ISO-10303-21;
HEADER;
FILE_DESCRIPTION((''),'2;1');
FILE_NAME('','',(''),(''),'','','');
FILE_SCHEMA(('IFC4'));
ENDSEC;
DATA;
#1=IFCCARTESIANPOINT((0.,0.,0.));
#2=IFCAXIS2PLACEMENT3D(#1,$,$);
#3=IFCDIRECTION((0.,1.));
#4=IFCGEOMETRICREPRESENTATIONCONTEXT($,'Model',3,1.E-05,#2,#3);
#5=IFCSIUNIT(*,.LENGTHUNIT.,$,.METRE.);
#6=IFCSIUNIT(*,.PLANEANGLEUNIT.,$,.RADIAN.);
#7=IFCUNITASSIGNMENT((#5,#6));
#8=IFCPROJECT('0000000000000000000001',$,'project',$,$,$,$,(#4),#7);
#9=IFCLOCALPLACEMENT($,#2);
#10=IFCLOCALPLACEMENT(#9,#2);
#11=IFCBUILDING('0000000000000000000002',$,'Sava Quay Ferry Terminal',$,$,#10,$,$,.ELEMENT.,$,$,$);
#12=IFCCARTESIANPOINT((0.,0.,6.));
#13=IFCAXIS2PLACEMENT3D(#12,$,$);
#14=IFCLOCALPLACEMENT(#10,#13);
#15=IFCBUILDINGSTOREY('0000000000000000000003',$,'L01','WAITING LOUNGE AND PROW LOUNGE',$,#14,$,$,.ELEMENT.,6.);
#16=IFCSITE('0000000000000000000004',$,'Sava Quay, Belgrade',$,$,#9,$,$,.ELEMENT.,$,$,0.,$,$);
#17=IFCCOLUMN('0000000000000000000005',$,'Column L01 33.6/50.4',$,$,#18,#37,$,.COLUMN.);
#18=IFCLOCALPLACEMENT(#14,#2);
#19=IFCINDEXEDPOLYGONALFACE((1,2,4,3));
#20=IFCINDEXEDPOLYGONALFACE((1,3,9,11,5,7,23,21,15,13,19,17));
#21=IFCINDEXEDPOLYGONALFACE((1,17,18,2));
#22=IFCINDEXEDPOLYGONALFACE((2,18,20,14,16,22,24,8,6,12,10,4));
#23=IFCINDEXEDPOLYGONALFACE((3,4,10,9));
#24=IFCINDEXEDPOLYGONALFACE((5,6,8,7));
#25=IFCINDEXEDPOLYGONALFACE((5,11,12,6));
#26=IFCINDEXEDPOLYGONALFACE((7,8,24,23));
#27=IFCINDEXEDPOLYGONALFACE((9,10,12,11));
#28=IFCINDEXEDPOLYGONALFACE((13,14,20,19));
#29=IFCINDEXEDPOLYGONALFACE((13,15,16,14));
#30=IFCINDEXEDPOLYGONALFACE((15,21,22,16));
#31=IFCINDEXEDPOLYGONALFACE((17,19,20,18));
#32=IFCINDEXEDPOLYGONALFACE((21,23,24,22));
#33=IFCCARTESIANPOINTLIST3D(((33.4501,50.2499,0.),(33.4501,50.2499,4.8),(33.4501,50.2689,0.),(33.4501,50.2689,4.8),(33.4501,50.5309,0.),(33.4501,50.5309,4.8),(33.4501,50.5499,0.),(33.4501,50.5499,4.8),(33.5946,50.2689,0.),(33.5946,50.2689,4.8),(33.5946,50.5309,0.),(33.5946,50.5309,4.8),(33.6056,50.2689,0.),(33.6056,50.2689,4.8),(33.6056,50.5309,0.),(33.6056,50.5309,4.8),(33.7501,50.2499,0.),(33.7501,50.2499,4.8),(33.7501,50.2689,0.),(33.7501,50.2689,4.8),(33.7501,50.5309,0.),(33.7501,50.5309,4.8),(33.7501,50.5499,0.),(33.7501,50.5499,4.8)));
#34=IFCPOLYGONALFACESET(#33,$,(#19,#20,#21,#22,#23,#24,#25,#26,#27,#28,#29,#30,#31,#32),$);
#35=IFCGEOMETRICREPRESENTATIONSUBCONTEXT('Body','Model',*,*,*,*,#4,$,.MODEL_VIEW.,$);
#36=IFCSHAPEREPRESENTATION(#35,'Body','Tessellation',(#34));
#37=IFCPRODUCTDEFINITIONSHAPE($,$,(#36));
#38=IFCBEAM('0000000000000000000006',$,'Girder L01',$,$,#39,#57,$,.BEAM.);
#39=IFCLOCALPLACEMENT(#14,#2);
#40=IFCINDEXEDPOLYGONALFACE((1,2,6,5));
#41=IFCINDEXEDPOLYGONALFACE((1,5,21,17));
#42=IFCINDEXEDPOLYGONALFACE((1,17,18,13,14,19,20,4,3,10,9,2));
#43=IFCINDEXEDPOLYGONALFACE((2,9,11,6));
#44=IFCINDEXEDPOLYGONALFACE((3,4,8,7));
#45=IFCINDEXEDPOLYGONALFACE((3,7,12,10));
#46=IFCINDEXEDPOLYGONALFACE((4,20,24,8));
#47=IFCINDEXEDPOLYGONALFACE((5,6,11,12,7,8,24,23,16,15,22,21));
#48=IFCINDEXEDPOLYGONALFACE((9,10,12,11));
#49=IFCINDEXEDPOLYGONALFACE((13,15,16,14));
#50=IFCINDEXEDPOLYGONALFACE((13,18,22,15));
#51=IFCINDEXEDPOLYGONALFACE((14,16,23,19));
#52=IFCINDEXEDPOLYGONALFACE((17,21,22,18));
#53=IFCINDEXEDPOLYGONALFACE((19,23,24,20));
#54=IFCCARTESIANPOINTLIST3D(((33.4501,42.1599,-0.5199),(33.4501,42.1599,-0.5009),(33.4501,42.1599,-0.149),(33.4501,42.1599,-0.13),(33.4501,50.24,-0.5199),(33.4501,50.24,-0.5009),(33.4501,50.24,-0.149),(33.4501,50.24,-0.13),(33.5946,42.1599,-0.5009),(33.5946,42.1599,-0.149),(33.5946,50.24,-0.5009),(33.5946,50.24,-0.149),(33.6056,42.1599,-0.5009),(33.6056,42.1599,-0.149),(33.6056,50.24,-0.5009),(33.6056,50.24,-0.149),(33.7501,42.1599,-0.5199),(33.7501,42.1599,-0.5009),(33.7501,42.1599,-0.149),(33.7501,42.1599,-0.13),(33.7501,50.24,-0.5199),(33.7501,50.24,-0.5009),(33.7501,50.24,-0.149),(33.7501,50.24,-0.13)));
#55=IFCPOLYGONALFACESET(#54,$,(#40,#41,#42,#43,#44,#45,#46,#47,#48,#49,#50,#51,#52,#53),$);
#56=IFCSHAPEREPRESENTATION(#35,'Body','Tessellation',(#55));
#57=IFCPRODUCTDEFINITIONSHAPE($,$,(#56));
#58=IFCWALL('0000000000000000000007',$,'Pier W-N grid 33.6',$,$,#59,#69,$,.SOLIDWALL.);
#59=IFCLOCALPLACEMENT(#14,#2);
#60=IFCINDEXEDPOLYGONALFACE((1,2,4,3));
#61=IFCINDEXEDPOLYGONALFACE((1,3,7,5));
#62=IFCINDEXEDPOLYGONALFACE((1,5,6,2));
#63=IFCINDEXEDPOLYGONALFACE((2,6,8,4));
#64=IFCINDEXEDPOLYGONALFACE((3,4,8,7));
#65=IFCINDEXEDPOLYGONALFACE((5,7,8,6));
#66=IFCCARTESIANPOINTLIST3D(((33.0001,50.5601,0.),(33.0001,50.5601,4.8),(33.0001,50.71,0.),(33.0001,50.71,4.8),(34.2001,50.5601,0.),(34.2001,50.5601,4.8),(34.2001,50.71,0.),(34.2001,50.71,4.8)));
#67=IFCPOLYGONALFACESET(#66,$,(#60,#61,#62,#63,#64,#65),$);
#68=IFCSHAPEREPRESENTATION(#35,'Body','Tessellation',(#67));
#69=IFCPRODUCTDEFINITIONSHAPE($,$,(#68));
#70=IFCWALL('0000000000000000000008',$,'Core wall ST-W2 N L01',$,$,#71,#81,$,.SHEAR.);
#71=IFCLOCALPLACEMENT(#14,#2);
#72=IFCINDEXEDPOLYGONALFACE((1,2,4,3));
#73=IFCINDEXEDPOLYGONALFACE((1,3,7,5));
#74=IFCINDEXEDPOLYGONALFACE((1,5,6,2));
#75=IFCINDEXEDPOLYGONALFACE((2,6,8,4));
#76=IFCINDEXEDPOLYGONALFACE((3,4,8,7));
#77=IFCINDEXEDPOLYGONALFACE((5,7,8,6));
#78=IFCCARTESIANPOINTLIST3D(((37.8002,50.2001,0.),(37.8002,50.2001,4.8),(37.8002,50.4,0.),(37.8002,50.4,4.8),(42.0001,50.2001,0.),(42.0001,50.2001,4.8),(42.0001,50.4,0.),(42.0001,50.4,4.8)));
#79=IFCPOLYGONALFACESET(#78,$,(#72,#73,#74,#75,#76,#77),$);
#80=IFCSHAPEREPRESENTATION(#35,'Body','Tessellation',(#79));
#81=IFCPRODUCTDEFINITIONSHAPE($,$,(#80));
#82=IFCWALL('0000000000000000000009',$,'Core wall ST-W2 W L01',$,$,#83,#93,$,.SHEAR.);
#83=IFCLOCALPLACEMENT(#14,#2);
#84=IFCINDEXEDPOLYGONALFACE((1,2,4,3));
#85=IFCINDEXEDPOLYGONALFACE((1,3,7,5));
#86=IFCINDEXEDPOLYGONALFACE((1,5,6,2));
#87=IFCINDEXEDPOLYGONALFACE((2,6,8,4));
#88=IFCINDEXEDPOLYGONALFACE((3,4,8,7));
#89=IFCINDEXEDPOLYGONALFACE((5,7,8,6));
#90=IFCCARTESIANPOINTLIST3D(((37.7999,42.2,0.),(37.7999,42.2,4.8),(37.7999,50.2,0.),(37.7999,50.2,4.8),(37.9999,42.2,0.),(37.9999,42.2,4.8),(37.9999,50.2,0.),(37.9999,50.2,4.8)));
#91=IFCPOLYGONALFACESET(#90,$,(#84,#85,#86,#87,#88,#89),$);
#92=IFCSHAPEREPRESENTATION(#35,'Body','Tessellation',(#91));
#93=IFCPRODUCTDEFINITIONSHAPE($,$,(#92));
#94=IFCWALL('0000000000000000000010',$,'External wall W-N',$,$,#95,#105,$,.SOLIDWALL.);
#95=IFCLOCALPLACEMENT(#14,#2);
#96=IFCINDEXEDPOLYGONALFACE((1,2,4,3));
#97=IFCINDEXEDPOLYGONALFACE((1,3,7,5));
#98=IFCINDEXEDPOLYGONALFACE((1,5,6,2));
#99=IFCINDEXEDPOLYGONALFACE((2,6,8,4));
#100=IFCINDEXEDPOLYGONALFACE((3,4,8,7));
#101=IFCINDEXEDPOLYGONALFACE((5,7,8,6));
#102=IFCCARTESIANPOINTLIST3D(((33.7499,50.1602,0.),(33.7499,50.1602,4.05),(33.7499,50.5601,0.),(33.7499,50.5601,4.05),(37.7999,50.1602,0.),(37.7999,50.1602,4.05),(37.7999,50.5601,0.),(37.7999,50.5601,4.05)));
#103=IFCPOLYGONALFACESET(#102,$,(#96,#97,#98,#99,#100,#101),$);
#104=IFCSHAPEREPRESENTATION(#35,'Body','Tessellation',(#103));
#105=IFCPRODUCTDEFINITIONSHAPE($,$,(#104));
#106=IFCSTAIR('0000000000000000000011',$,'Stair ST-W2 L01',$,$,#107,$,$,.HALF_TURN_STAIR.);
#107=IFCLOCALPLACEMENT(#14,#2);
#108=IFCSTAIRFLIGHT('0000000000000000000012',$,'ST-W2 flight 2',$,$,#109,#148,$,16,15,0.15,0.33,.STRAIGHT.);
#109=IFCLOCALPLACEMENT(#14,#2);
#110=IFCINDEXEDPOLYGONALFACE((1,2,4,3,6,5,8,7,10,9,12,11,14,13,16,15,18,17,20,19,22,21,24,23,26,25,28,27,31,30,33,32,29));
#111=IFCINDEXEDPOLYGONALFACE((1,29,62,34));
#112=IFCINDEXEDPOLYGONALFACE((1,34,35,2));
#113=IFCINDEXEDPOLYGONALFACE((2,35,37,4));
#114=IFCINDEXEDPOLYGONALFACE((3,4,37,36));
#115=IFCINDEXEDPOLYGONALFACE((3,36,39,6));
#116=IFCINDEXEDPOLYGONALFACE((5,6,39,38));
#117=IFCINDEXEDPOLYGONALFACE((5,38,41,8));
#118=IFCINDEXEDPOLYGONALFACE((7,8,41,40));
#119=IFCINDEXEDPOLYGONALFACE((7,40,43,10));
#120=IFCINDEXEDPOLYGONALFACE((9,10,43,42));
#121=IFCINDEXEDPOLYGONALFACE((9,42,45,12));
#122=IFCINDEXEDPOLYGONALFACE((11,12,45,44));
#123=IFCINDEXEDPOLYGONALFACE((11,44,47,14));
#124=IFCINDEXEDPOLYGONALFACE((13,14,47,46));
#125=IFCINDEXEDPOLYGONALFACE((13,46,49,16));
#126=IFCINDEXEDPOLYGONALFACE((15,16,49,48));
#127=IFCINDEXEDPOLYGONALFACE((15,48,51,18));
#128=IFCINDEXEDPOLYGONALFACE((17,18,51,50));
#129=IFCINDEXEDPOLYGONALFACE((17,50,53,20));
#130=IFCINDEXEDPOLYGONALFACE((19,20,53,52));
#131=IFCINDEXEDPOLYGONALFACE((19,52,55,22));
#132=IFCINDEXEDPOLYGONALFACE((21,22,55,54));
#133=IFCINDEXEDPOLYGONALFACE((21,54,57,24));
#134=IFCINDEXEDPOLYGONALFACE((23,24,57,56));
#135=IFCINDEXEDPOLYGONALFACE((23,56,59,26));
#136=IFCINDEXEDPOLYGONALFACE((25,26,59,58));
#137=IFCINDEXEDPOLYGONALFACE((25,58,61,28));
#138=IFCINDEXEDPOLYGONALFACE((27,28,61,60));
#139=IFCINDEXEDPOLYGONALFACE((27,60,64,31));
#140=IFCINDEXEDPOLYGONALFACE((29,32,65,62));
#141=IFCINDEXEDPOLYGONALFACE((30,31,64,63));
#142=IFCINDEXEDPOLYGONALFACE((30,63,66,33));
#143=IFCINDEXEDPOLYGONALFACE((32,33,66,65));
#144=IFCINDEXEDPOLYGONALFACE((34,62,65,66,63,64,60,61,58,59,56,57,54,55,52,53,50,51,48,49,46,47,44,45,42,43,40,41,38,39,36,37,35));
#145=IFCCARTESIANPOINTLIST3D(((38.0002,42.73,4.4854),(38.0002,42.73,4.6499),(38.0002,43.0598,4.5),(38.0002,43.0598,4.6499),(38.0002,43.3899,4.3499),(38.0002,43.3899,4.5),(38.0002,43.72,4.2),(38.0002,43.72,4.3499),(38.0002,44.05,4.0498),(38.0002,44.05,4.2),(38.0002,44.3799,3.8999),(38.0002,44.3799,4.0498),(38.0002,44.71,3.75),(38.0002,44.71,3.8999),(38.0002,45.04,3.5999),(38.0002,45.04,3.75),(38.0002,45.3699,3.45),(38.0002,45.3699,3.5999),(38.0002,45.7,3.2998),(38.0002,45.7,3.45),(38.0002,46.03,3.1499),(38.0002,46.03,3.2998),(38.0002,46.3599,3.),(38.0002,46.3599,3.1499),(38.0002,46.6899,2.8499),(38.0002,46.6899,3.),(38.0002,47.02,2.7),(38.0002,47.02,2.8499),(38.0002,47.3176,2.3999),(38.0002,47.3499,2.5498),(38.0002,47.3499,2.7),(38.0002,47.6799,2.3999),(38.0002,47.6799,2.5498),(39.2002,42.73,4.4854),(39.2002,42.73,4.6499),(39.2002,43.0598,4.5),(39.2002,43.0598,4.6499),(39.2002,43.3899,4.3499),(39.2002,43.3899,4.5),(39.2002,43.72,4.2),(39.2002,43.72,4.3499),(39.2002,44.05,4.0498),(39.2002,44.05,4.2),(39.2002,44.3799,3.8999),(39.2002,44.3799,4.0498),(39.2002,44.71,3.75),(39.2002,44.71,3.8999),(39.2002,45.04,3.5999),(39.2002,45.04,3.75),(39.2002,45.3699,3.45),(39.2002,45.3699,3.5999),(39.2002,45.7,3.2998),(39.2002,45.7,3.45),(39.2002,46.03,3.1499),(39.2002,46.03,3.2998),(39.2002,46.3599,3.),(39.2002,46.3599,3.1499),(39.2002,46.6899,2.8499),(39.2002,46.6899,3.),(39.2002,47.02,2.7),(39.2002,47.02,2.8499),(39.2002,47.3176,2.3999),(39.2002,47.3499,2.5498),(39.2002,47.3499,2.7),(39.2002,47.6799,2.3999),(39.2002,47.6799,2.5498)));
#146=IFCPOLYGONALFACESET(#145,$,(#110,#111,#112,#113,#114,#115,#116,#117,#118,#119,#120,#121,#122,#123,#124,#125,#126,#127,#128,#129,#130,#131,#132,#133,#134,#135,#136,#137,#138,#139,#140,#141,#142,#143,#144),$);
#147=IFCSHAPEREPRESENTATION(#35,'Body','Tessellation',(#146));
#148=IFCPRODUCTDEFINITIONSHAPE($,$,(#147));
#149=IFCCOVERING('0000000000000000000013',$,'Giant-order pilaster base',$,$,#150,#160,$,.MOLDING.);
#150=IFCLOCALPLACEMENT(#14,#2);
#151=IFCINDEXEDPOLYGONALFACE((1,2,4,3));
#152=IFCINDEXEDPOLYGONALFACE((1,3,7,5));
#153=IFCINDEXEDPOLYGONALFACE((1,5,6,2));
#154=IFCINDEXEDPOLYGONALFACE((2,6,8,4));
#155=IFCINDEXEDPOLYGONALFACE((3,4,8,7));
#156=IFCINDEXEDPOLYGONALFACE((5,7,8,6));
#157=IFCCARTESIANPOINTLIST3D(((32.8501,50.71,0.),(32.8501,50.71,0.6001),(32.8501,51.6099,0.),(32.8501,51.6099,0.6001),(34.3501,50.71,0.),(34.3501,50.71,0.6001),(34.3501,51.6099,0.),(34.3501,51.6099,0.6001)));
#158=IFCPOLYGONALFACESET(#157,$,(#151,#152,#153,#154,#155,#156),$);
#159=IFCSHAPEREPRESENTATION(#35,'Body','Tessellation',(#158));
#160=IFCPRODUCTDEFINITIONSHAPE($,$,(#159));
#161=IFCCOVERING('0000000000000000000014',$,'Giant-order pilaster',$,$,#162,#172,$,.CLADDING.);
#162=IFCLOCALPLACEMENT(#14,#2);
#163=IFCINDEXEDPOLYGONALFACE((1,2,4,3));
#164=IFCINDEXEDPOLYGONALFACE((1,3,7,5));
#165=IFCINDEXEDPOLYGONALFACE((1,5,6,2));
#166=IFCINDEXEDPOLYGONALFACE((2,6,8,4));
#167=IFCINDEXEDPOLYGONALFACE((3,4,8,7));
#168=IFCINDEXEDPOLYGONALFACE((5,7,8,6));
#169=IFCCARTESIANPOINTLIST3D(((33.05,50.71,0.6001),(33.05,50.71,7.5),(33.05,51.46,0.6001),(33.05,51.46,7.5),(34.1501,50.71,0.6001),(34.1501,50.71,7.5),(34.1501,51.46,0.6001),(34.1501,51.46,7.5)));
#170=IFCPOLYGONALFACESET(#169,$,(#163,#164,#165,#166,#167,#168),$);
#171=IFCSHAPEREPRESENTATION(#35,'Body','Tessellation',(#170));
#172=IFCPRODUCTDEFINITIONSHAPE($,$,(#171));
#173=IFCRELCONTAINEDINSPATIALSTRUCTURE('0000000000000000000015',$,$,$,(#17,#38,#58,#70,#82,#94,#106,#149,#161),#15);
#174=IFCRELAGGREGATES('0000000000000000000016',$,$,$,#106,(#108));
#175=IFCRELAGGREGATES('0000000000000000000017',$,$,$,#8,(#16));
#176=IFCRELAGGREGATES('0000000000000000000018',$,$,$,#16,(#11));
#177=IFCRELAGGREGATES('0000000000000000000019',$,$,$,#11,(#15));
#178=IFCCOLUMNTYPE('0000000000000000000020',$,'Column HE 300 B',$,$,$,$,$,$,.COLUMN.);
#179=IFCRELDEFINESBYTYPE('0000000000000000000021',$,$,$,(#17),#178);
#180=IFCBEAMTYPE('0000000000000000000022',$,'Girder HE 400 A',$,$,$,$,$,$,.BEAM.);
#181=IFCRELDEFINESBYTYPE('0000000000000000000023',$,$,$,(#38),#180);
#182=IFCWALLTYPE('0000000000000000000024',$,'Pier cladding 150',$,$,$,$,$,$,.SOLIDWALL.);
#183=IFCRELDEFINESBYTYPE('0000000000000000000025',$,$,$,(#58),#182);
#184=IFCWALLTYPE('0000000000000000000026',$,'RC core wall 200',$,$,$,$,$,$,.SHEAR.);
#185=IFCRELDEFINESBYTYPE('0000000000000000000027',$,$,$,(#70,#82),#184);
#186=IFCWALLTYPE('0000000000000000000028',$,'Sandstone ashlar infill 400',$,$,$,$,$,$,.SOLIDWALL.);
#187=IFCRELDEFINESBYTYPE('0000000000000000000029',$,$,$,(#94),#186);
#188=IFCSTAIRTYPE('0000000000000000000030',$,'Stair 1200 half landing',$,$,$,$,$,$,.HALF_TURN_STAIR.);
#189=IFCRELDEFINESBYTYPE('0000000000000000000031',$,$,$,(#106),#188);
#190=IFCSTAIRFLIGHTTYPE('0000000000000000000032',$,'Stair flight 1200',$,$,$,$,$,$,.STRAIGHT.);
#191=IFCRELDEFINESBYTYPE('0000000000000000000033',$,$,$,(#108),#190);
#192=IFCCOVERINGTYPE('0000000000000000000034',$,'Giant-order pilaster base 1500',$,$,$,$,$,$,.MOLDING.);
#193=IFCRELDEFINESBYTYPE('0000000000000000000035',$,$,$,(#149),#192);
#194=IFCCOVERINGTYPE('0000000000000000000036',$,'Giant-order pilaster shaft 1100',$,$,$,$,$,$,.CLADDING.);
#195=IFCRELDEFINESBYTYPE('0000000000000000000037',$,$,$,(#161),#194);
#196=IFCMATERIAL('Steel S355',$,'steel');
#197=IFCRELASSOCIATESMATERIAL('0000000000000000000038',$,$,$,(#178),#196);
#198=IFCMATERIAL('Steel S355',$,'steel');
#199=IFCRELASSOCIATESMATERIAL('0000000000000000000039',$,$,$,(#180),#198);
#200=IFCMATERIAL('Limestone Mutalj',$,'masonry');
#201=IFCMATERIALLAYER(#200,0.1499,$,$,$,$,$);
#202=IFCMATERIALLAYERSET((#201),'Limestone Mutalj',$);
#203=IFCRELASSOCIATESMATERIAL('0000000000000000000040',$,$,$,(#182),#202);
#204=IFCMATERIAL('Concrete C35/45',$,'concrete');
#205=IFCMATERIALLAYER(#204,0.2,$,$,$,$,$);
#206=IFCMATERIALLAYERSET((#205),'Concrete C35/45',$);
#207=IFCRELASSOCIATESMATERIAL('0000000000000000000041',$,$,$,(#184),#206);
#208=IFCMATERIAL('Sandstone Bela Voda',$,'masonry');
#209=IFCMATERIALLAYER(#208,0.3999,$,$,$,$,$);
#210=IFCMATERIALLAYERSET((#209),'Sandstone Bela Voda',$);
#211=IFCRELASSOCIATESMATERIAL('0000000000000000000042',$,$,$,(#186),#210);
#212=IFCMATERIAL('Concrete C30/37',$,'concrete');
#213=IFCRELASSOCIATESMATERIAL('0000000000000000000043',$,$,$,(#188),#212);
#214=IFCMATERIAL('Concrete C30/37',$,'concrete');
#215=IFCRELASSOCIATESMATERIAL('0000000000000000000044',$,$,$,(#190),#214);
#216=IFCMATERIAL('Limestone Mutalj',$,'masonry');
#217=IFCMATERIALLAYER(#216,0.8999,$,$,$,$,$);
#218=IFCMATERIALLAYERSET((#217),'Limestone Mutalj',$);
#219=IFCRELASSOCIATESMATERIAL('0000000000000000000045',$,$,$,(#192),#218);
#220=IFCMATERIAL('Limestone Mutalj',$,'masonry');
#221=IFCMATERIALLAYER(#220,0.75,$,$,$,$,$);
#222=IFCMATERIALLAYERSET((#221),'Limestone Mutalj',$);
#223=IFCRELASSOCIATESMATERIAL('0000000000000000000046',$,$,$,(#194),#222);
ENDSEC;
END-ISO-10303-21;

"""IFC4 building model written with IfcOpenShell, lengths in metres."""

from ifc_helpers import new_model, si_unit, direction, frame, frame_2d, origin, origin_2d, place, context, subcontext, project, spatial, polyline, rectangle, i_section, outline, extrude, material, layer, layer_set, material_profile, profile_set, type_object, element, aggregate, save


model = new_model("IFC4")

# Units and contexts
model_context = context("Model", 3, precision=1e-05, world=origin(), true_north=direction((0.0, 1.0)))
body_context = subcontext(model_context, "Body", "Model", "MODEL_VIEW")
ifc_project = project(units=[si_unit("LENGTHUNIT", "METRE"), si_unit("PLANEANGLEUNIT", "RADIAN")], contexts=[model_context])

# Site, building, storey
site_placement = place(None, origin())
site = spatial("IfcSite", under=ifc_project, at=site_placement, Name="Sava Quay, Belgrade", CompositionType="ELEMENT", RefElevation=0.0)
building_placement = place(site_placement, origin())
building = spatial("IfcBuilding", under=site, at=building_placement, Name="Sava Quay Ferry Terminal", CompositionType="ELEMENT")
storey_placement = place(building_placement, frame((0.0, 0.0, 6.0)))
storey = spatial("IfcBuildingStorey", under=building, at=storey_placement, Name="L01", Description="WAITING LOUNGE AND PROW LOUNGE", CompositionType="ELEMENT", Elevation=6.0)

# Column
ifc_material_1 = material(Name="Steel S355", Category="steel")
ifc_material_profile_1 = material_profile(ifc_material_1, i_section(OverallWidth=0.3, OverallDepth=0.3, WebThickness=0.011, FlangeThickness=0.019, at=origin_2d()), Name="HE 300 B")
ifc_profile_set_1 = profile_set([ifc_material_profile_1], Name="Steel S355")
column_type = type_object("IfcColumnType", Name="Column HE 300 B", PredefinedType="COLUMN", material=ifc_profile_set_1)
column_placement = place(storey_placement, frame((33.6001, 50.3999, 0.0), z_axis=(0.0, 0.0, 1.0), x_axis=(1.0, 0.0, 0.0)))
element("IfcColumn", 1, at=column_placement, inside=storey, type_object=column_type, Name="Column L01 33.6/50.4", PredefinedType="COLUMN", context=body_context, shape_type="SweptSolid", body=[
    extrude(i_section(OverallWidth=0.3, OverallDepth=0.3, WebThickness=0.011, FlangeThickness=0.019, at=origin_2d()), origin(), (0.0, 0.0, 1.0), 4.8),
])

# Beam
ifc_material_2 = material(Name="Steel S355", Category="steel")
ifc_material_profile_2 = material_profile(ifc_material_2, i_section(OverallWidth=0.3, OverallDepth=0.3899, WebThickness=0.011, FlangeThickness=0.019, at=origin_2d()), Name="HE 400 A")
ifc_profile_set_2 = profile_set([ifc_material_profile_2], Name="Steel S355")
beam_type = type_object("IfcBeamType", Name="Girder HE 400 A", PredefinedType="BEAM", material=ifc_profile_set_2)
beam_placement = place(storey_placement, frame((33.6001, 42.1599, -0.325), z_axis=(0.0, 1.0, 0.0), x_axis=(-1.0, 0.0, 0.0)))
element("IfcBeam", 2, at=beam_placement, inside=storey, type_object=beam_type, Name="Girder L01", PredefinedType="BEAM", context=body_context, shape_type="SweptSolid", body=[
    extrude(i_section(OverallWidth=0.3, OverallDepth=0.3899, WebThickness=0.011, FlangeThickness=0.019, at=origin_2d()), origin(), (0.0, 0.0, 1.0), 8.0801),
])

# Wall
ifc_material_3 = material(Name="Limestone Mutalj", Category="masonry")
ifc_layer_1 = layer(ifc_material_3, 0.1499)
ifc_layer_set_1 = layer_set([ifc_layer_1], Name="Limestone Mutalj")
wall_type_1 = type_object("IfcWallType", Name="Pier cladding 150", PredefinedType="SOLIDWALL", material=ifc_layer_set_1)
wall_1_placement = place(storey_placement, frame((33.0, 50.635, 0.0), z_axis=(0.0, 0.0, 1.0), x_axis=(1.0, 0.0, 0.0)))
element("IfcWall", 3, at=wall_1_placement, inside=storey, type_object=wall_type_1, Name="Pier W-N grid 33.6", PredefinedType="SOLIDWALL", context=body_context, shape_type="SweptSolid", body=[
    extrude(rectangle(XDim=1.2, YDim=0.1499, at=frame_2d((0.6001, 0.0))), origin(), (0.0, 0.0, 1.0), 4.8),
])

# Shared definitions
ifc_material_4 = material(Name="Concrete C35/45", Category="concrete")
ifc_layer_2 = layer(ifc_material_4, 0.2)
ifc_layer_set_2 = layer_set([ifc_layer_2], Name="Concrete C35/45")
wall_type_2 = type_object("IfcWallType", Name="RC core wall 200", PredefinedType="SHEAR", material=ifc_layer_set_2)

# Walls
wall_2_placement = place(storey_placement, frame((37.8, 50.3, 0.0), z_axis=(0.0, 0.0, 1.0), x_axis=(1.0, 0.0, 0.0)))
element("IfcWall", 4, at=wall_2_placement, inside=storey, type_object=wall_type_2, Name="Core wall ST-W2 N L01", PredefinedType="SHEAR", context=body_context, shape_type="SweptSolid", body=[
    extrude(rectangle(XDim=4.2, YDim=0.2, at=frame_2d((2.1001, 0.0))), origin(), (0.0, 0.0, 1.0), 4.8),
])
wall_3_placement = place(storey_placement, frame((37.8999, 42.2, 0.0), z_axis=(0.0, 0.0, 1.0), x_axis=(0.0, 1.0, 0.0)))
element("IfcWall", 5, at=wall_3_placement, inside=storey, type_object=wall_type_2, Name="Core wall ST-W2 W L01", PredefinedType="SHEAR", context=body_context, shape_type="SweptSolid", body=[
    extrude(rectangle(XDim=8.0, YDim=0.2, at=frame_2d((4.0, 0.0))), origin(), (0.0, 0.0, 1.0), 4.8),
])
ifc_material_5 = material(Name="Sandstone Bela Voda", Category="masonry")
ifc_layer_3 = layer(ifc_material_5, 0.3999)
ifc_layer_set_3 = layer_set([ifc_layer_3], Name="Sandstone Bela Voda")
wall_type_3 = type_object("IfcWallType", Name="Sandstone ashlar infill 400", PredefinedType="SOLIDWALL", material=ifc_layer_set_3)
wall_4_placement = place(storey_placement, frame((33.75, 50.3601, 0.0), z_axis=(0.0, 0.0, 1.0), x_axis=(1.0, 0.0, 0.0)))
element("IfcWall", 6, at=wall_4_placement, inside=storey, type_object=wall_type_3, Name="External wall W-N", PredefinedType="SOLIDWALL", context=body_context, shape_type="SweptSolid", body=[
    extrude(rectangle(XDim=4.05, YDim=0.3999, at=frame_2d((2.0249, 0.0))), origin(), (0.0, 0.0, 1.0), 4.05),
])

# Stair, stair flight
ifc_material_6 = material(Name="Concrete C30/37", Category="concrete")
stair_type = type_object("IfcStairType", Name="Stair 1200 half landing", PredefinedType="HALF_TURN_STAIR", material=ifc_material_6)
stair_placement = place(storey_placement, origin())
stair = element("IfcStair", 7, at=stair_placement, inside=storey, type_object=stair_type, Name="Stair ST-W2 L01", PredefinedType="HALF_TURN_STAIR")
ifc_material_7 = material(Name="Concrete C30/37", Category="concrete")
stair_flight_type = type_object("IfcStairFlightType", Name="Stair flight 1200", PredefinedType="STRAIGHT", material=ifc_material_7)
stair_flight_placement = place(storey_placement, frame((38.6001, 47.6799, 2.3999), z_axis=(0.0, 0.0, 1.0), x_axis=(0.0, -1.0, 0.0)))
stair_flight = element("IfcStairFlight", 8, at=stair_flight_placement, type_object=stair_flight_type, Name="ST-W2 flight 2", NumberOfRisers=16, NumberOfTreads=15, PredefinedType="STRAIGHT", RiserHeight=0.15, TreadLength=0.33, context=body_context, shape_type="SweptSolid", body=[
    extrude(outline(polyline([(0.0, 0.0), (0.0, 0.1499), (0.3301, 0.1499), (0.3301, 0.3), (0.6599, 0.3), (0.6599, 0.45), (0.99, 0.45), (0.99, 0.6001), (1.3201, 0.6001), (1.3201, 0.75), (1.6499, 0.75), (1.6499, 0.8999), (1.98, 0.8999), (1.98, 1.05), (2.3101, 1.05), (2.3101, 1.2), (2.6399, 1.2), (2.6399, 1.3501), (2.97, 1.3501), (2.97, 1.5), (3.3, 1.5), (3.3, 1.6499), (3.6299, 1.6499), (3.6299, 1.8), (3.96, 1.8), (3.96, 1.95), (4.29, 1.95), (4.29, 2.1001), (4.6201, 2.1001), (4.6201, 2.25), (4.95, 2.25), (4.95, 2.3999), (4.95, 2.0854), (0.3623, 0.0), (0.0, 0.0)])), frame((0.0, 0.6001, 0.0), z_axis=(0.0, -1.0, 0.0), x_axis=(1.0, 0.0, 0.0)), (0.0, 0.0, 1.0), 1.2),
])
aggregate(stair, [stair_flight])

# Coverings
ifc_material_8 = material(Name="Limestone Mutalj", Category="masonry")
ifc_layer_4 = layer(ifc_material_8, 0.8999)
ifc_layer_set_4 = layer_set([ifc_layer_4], Name="Limestone Mutalj")
covering_type_1 = type_object("IfcCoveringType", Name="Giant-order pilaster base 1500", PredefinedType="MOLDING", material=ifc_layer_set_4)
covering_1_placement = place(storey_placement, frame((33.6001, 51.1599, 0.0), z_axis=(0.0, 0.0, 1.0), x_axis=(1.0, 0.0, 0.0)))
element("IfcCovering", 9, at=covering_1_placement, inside=storey, type_object=covering_type_1, Name="Giant-order pilaster base", PredefinedType="MOLDING", context=body_context, shape_type="SweptSolid", body=[
    extrude(rectangle(XDim=1.5, YDim=0.8999, at=origin_2d()), origin(), (0.0, 0.0, 1.0), 0.6001),
])
ifc_material_9 = material(Name="Limestone Mutalj", Category="masonry")
ifc_layer_5 = layer(ifc_material_9, 0.75)
ifc_layer_set_5 = layer_set([ifc_layer_5], Name="Limestone Mutalj")
covering_type_2 = type_object("IfcCoveringType", Name="Giant-order pilaster shaft 1100", PredefinedType="CLADDING", material=ifc_layer_set_5)
covering_2_placement = place(storey_placement, frame((33.6001, 51.085, 0.6001), z_axis=(0.0, 0.0, 1.0), x_axis=(1.0, 0.0, 0.0)))
element("IfcCovering", 10, at=covering_2_placement, inside=storey, type_object=covering_type_2, Name="Giant-order pilaster", PredefinedType="CLADDING", context=body_context, shape_type="SweptSolid", body=[
    extrude(rectangle(XDim=1.1001, YDim=0.75, at=origin_2d()), origin(), (0.0, 0.0, 1.0), 6.8999),
])

save(model, "model.ifc")
